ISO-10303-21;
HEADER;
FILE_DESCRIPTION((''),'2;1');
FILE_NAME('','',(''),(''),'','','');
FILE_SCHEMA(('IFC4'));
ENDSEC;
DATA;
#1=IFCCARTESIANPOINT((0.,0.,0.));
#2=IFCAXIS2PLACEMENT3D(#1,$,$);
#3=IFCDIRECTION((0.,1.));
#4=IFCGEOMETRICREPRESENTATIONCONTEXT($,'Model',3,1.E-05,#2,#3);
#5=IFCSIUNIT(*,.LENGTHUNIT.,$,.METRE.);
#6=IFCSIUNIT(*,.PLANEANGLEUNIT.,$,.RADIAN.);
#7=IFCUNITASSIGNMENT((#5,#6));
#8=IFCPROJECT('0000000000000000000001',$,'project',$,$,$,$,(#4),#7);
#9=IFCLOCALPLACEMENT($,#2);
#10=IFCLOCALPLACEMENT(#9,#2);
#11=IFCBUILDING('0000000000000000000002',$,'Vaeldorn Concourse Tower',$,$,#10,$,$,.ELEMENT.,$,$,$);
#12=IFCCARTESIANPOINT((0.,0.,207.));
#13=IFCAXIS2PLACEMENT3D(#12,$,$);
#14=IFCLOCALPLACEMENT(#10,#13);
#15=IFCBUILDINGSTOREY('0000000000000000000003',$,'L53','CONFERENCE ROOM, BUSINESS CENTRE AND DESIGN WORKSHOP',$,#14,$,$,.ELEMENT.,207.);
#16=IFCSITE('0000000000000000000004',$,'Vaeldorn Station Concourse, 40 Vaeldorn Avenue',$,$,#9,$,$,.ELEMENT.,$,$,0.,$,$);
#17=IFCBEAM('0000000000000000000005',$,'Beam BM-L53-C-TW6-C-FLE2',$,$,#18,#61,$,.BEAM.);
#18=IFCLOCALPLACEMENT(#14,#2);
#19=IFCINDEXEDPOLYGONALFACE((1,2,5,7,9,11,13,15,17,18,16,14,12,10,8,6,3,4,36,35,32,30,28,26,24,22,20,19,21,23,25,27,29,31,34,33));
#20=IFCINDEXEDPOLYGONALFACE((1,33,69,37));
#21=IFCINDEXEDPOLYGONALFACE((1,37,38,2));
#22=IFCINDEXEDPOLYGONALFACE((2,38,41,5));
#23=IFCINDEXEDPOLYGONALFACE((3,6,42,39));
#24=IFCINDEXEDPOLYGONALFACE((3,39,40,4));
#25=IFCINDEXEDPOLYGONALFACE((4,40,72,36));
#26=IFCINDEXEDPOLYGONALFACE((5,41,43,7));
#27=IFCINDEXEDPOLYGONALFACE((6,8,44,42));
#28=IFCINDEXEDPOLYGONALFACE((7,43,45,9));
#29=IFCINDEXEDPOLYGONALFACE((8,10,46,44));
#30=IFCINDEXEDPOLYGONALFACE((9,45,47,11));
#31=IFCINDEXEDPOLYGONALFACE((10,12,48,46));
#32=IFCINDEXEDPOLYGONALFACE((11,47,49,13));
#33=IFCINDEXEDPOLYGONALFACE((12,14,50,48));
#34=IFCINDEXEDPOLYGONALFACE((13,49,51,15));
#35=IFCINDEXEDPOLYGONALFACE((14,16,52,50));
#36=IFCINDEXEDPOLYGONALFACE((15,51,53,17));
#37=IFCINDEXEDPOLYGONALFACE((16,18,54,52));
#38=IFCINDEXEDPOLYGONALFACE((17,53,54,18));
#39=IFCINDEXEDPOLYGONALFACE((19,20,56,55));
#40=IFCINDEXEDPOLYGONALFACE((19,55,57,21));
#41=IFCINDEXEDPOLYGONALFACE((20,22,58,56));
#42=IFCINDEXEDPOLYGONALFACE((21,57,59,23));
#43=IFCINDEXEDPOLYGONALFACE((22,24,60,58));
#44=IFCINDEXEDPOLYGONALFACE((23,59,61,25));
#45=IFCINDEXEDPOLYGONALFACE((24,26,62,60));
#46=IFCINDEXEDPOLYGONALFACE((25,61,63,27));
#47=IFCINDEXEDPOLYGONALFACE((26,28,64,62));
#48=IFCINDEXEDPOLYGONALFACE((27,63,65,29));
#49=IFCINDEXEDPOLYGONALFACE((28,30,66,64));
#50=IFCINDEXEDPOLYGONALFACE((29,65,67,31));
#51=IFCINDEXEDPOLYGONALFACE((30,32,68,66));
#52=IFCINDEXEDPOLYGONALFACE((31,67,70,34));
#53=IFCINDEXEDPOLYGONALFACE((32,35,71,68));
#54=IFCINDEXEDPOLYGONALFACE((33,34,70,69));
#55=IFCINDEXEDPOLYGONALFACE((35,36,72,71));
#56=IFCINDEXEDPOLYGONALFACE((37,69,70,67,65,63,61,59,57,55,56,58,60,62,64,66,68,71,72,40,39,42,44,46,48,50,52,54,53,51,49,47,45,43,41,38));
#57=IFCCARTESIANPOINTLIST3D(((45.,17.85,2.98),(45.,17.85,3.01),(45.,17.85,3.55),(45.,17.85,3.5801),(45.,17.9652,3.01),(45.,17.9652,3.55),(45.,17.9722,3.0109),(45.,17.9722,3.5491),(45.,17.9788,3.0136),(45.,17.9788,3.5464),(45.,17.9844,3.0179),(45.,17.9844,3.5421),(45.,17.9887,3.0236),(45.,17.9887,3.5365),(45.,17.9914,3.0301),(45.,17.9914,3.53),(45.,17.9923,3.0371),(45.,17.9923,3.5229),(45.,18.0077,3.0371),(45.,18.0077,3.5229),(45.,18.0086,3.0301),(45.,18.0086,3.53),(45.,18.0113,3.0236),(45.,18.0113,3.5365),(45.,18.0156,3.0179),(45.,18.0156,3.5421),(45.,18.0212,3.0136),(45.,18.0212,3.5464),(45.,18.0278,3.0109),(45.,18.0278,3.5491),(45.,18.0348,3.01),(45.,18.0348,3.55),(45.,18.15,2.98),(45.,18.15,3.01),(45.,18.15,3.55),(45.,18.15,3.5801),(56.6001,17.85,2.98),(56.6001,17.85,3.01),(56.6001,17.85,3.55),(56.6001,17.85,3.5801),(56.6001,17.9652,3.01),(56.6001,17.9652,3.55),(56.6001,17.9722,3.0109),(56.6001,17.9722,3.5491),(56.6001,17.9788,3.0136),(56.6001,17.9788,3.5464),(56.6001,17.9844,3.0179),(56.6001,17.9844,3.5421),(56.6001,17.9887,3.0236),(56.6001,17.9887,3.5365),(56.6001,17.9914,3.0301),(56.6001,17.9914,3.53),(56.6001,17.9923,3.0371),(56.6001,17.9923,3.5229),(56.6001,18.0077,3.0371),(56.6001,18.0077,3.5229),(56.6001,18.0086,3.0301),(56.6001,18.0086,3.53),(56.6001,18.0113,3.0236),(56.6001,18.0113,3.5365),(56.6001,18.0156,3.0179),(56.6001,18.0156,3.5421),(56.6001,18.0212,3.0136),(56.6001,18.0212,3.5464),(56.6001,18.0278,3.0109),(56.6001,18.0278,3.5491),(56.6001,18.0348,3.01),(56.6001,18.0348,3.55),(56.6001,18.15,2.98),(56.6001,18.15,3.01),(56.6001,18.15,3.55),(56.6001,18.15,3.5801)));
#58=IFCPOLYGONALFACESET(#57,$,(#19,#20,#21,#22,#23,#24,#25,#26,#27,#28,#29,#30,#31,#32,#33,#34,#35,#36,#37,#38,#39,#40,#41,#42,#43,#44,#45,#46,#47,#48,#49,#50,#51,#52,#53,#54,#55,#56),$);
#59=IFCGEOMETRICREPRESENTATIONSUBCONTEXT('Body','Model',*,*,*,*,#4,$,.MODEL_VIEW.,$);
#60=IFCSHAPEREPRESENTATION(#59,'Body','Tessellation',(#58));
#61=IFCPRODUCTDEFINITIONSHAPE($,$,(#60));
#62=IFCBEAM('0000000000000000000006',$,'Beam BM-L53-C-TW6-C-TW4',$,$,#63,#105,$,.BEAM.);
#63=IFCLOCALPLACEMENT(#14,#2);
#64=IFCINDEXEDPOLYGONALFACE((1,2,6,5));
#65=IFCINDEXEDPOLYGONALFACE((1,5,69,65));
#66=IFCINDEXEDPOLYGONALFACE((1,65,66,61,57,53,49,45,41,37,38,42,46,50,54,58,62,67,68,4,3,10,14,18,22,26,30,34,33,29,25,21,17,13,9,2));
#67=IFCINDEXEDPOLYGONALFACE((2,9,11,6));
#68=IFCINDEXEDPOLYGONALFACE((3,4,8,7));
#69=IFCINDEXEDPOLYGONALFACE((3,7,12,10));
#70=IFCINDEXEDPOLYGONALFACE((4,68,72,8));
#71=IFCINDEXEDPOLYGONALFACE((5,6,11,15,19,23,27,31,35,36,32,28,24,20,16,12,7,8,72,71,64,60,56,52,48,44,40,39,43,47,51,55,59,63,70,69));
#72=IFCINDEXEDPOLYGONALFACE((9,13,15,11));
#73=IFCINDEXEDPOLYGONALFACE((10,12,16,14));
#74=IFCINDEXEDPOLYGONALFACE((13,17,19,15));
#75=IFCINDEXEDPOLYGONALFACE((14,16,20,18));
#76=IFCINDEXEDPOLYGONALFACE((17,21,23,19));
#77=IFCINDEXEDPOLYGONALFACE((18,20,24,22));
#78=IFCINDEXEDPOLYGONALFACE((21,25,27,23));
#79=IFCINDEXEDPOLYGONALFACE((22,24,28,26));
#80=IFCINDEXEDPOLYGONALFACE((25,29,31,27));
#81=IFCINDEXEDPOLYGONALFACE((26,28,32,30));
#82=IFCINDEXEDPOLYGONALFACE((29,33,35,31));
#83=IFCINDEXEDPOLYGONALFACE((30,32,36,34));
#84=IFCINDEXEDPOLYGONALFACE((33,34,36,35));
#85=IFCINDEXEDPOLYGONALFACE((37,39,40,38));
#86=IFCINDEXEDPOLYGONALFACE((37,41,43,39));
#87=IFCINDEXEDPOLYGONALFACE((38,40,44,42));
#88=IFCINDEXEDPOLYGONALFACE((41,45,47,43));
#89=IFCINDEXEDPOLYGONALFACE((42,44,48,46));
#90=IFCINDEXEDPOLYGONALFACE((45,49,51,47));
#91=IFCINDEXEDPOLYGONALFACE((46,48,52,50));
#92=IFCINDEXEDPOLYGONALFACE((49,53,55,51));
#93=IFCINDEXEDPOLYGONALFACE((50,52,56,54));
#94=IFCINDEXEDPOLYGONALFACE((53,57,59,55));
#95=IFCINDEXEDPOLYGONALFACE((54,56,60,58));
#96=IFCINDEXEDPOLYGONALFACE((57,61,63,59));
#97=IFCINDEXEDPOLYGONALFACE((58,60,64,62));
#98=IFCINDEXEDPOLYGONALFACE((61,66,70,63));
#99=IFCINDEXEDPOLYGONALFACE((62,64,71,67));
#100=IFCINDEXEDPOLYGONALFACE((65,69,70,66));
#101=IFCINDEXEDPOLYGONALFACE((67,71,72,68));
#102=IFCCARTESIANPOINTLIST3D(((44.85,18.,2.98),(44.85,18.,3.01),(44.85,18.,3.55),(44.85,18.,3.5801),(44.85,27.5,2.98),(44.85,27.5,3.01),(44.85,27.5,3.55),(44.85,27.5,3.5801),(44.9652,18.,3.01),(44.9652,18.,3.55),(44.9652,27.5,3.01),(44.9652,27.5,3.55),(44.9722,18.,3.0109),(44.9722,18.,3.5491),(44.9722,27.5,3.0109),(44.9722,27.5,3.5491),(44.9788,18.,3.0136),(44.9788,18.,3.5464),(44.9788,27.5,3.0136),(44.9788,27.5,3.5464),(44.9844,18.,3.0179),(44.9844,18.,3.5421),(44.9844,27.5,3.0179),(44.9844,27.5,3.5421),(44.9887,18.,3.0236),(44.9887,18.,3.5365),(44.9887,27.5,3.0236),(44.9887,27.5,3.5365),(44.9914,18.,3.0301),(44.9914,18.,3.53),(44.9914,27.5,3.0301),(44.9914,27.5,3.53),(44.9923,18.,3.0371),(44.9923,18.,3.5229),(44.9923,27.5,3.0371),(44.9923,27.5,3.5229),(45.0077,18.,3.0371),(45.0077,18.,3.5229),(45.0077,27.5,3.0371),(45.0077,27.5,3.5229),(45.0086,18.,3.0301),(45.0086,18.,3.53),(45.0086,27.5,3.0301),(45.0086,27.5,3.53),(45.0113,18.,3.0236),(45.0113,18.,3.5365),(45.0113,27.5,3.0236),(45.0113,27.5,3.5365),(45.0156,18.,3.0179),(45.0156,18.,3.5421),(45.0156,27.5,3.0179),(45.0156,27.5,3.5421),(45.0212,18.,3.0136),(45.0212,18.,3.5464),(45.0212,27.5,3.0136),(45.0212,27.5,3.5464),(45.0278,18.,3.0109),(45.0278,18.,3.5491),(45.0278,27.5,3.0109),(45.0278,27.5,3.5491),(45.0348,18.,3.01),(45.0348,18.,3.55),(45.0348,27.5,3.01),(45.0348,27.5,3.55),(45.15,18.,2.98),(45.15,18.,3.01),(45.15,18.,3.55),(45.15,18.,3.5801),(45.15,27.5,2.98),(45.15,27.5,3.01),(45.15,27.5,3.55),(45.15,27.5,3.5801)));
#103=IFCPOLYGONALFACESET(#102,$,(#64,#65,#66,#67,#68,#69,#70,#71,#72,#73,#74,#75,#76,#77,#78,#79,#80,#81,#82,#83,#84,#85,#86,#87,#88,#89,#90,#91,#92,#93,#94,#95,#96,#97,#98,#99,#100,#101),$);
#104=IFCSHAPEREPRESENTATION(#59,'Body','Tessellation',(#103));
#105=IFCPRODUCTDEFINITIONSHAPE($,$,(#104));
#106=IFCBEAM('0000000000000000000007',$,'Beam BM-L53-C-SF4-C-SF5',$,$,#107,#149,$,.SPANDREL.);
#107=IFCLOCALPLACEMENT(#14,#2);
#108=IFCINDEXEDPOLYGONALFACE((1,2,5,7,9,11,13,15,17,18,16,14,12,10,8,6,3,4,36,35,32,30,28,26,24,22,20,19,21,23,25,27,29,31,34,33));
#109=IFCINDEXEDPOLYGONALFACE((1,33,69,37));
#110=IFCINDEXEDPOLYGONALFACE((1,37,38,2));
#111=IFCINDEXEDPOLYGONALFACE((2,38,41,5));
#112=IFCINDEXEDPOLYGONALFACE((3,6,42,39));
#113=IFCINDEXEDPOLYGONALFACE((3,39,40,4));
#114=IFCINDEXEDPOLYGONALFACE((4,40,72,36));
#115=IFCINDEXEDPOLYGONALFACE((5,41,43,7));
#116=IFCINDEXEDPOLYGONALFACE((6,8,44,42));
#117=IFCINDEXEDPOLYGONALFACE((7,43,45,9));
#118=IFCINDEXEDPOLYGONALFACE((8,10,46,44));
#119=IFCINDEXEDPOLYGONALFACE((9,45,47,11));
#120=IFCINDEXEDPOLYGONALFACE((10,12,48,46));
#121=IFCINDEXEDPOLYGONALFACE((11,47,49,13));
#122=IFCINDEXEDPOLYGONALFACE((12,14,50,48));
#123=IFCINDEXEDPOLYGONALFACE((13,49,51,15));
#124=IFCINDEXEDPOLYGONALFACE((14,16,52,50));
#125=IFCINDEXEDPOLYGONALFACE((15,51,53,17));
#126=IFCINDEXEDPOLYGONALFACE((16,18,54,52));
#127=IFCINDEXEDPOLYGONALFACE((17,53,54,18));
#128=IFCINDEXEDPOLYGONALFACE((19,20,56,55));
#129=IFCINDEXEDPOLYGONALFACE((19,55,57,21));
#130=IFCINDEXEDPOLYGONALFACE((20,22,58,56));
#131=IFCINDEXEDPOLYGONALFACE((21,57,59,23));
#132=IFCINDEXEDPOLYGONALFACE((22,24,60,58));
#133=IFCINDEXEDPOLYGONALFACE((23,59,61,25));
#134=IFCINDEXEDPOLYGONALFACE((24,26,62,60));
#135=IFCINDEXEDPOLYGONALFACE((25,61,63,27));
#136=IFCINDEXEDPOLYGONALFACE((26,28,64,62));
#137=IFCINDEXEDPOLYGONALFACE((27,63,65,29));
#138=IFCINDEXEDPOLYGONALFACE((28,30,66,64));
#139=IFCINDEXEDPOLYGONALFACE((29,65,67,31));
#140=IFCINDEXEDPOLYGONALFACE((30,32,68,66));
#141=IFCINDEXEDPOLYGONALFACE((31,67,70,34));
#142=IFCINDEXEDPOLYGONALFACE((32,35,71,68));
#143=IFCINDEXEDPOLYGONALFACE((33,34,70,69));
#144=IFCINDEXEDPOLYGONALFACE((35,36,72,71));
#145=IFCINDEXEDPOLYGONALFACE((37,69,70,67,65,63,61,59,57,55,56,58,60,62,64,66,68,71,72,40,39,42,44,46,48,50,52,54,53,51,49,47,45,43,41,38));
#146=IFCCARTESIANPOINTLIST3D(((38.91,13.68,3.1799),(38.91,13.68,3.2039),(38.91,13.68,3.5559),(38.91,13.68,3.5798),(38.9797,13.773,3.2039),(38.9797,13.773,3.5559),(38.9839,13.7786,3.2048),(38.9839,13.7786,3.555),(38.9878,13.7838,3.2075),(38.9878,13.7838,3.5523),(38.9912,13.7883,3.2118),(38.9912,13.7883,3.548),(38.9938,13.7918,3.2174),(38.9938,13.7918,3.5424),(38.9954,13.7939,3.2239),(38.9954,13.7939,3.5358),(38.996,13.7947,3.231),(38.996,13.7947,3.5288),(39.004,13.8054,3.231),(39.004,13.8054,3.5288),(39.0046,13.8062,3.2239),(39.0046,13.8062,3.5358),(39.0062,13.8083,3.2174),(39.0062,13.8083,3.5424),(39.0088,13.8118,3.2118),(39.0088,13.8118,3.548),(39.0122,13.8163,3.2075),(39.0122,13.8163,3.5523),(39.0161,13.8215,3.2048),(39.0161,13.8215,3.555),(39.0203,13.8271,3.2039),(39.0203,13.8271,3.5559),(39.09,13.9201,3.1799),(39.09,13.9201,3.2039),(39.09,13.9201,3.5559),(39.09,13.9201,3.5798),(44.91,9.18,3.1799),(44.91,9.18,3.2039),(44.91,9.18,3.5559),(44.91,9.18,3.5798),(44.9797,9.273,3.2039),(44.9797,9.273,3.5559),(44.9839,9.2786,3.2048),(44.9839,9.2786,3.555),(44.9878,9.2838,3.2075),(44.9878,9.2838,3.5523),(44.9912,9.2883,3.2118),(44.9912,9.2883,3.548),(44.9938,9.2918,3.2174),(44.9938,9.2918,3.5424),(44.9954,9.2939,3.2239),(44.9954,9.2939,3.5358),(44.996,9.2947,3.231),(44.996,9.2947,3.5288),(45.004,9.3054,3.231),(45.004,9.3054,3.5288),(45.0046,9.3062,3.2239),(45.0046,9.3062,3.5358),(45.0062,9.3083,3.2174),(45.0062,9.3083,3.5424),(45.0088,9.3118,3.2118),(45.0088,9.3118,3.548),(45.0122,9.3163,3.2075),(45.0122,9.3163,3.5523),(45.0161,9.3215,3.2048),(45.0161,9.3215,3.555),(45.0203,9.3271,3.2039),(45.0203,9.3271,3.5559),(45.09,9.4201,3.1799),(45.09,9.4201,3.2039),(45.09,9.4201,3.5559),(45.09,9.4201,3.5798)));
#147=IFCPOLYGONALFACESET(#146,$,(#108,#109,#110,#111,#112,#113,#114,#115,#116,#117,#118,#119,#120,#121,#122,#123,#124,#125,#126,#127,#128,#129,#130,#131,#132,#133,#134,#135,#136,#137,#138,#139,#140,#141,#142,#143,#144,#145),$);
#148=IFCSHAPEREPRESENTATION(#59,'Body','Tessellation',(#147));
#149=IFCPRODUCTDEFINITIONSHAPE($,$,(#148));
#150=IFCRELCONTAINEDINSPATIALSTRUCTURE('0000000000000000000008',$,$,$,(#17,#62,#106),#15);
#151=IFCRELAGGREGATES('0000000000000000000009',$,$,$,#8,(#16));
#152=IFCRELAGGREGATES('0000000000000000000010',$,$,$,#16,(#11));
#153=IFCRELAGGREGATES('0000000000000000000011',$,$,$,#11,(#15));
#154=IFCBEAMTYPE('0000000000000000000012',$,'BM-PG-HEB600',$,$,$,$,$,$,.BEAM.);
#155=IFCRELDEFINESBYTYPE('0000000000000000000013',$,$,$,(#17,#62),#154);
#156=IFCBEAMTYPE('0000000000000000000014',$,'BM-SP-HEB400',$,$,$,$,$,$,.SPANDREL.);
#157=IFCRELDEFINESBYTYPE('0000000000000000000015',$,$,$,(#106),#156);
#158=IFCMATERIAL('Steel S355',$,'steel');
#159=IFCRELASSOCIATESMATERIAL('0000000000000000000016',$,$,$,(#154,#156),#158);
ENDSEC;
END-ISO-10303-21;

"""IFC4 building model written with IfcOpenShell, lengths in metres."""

from ifc_helpers import new_model, si_unit, direction, frame, origin, origin_2d, place, context, subcontext, project, spatial, i_section, extrude, source, transform, mapped, material, material_profile, profile_set, type_object, element, save


model = new_model("IFC4")

# Units and contexts
model_context = context("Model", 3, precision=1e-05, world=origin(), true_north=direction((0.0, 1.0)))
body_context = subcontext(model_context, "Body", "Model", "MODEL_VIEW")
ifc_project = project(units=[si_unit("LENGTHUNIT", "METRE"), si_unit("PLANEANGLEUNIT", "RADIAN")], contexts=[model_context])

# Site, building, storey
site_placement = place(None, origin())
site = spatial("IfcSite", under=ifc_project, at=site_placement, Name="Vaeldorn Station Concourse, 40 Vaeldorn Avenue", CompositionType="ELEMENT", RefElevation=0.0)
building_placement = place(site_placement, origin())
building = spatial("IfcBuilding", under=site, at=building_placement, Name="Vaeldorn Concourse Tower", CompositionType="ELEMENT")
storey_placement = place(building_placement, frame((0.0, 0.0, 207.0)))
storey = spatial("IfcBuildingStorey", under=building, at=storey_placement, Name="L53", Description="CONFERENCE ROOM, BUSINESS CENTRE AND DESIGN WORKSHOP", CompositionType="ELEMENT", Elevation=207.0)

# Shared definitions
ifc_material_1 = material(Name="Steel S355", Category="steel")

# Beams
ifc_material_profile_1 = material_profile(ifc_material_1, i_section(OverallWidth=0.3, OverallDepth=0.6001, WebThickness=0.0154, FlangeThickness=0.03, FilletRadius=0.0271, at=origin_2d()), Name="HEB 600")
ifc_profile_set_1 = profile_set([ifc_material_profile_1], Name="Steel S355")
beam_type_1 = type_object("IfcBeamType", Name="BM-PG-HEB600", PredefinedType="BEAM", material=ifc_profile_set_1)
shared_shape_1 = source(origin(), body_context, "Body", "SweptSolid", [
    extrude(i_section(OverallWidth=0.3, OverallDepth=0.6001, WebThickness=0.0154, FlangeThickness=0.03, FilletRadius=0.0271, at=origin_2d()), origin(), (0.0, 0.0, 1.0), 11.6001),
])
beam_1_placement = place(storey_placement, frame((45.0, 18.0, 3.28), z_axis=(1.0, 0.0, 0.0), x_axis=(0.0, 1.0, 0.0)))
element("IfcBeam", 1, at=beam_1_placement, inside=storey, type_object=beam_type_1, Name="Beam BM-L53-C-TW6-C-FLE2", PredefinedType="BEAM", context=body_context, shape_type="MappedRepresentation", body=[
    mapped(shared_shape_1, transform((0.0, 0.0, 0.0), scale=1.0)),
])
shared_shape_2 = source(origin(), body_context, "Body", "SweptSolid", [
    extrude(i_section(OverallWidth=0.3, OverallDepth=0.6001, WebThickness=0.0154, FlangeThickness=0.03, FilletRadius=0.0271, at=origin_2d()), origin(), (0.0, 0.0, 1.0), 9.5),
])
beam_2_placement = place(storey_placement, frame((45.0, 18.0, 3.28), z_axis=(0.0, 1.0, 0.0), x_axis=(-1.0, 0.0, 0.0)))
element("IfcBeam", 2, at=beam_2_placement, inside=storey, type_object=beam_type_1, Name="Beam BM-L53-C-TW6-C-TW4", PredefinedType="BEAM", context=body_context, shape_type="MappedRepresentation", body=[
    mapped(shared_shape_2, transform((0.0, 0.0, 0.0), scale=1.0)),
])
ifc_material_profile_2 = material_profile(ifc_material_1, i_section(OverallWidth=0.3, OverallDepth=0.3999, WebThickness=0.0134, FlangeThickness=0.0239, FilletRadius=0.0271, at=origin_2d()), Name="HEB 400")
ifc_profile_set_2 = profile_set([ifc_material_profile_2], Name="Steel S355")
beam_type_2 = type_object("IfcBeamType", Name="BM-SP-HEB400", PredefinedType="SPANDREL", material=ifc_profile_set_2)
shared_shape_3 = source(origin(), body_context, "Body", "SweptSolid", [
    extrude(i_section(OverallWidth=0.3, OverallDepth=0.3999, WebThickness=0.0134, FlangeThickness=0.0239, FilletRadius=0.0271, at=origin_2d()), origin(), (0.0, 0.0, 1.0), 7.5),
])
beam_3_placement = place(storey_placement, frame((39.0, 13.8, 3.3799), z_axis=(0.8, -0.6, 0.0), x_axis=(0.6, 0.8, 0.0)))
element("IfcBeam", 3, at=beam_3_placement, inside=storey, type_object=beam_type_2, Name="Beam BM-L53-C-SF4-C-SF5", PredefinedType="SPANDREL", context=body_context, shape_type="MappedRepresentation", body=[
    mapped(shared_shape_3, transform((0.0, 0.0, 0.0), scale=1.0)),
])

save(model, "model.ifc")
